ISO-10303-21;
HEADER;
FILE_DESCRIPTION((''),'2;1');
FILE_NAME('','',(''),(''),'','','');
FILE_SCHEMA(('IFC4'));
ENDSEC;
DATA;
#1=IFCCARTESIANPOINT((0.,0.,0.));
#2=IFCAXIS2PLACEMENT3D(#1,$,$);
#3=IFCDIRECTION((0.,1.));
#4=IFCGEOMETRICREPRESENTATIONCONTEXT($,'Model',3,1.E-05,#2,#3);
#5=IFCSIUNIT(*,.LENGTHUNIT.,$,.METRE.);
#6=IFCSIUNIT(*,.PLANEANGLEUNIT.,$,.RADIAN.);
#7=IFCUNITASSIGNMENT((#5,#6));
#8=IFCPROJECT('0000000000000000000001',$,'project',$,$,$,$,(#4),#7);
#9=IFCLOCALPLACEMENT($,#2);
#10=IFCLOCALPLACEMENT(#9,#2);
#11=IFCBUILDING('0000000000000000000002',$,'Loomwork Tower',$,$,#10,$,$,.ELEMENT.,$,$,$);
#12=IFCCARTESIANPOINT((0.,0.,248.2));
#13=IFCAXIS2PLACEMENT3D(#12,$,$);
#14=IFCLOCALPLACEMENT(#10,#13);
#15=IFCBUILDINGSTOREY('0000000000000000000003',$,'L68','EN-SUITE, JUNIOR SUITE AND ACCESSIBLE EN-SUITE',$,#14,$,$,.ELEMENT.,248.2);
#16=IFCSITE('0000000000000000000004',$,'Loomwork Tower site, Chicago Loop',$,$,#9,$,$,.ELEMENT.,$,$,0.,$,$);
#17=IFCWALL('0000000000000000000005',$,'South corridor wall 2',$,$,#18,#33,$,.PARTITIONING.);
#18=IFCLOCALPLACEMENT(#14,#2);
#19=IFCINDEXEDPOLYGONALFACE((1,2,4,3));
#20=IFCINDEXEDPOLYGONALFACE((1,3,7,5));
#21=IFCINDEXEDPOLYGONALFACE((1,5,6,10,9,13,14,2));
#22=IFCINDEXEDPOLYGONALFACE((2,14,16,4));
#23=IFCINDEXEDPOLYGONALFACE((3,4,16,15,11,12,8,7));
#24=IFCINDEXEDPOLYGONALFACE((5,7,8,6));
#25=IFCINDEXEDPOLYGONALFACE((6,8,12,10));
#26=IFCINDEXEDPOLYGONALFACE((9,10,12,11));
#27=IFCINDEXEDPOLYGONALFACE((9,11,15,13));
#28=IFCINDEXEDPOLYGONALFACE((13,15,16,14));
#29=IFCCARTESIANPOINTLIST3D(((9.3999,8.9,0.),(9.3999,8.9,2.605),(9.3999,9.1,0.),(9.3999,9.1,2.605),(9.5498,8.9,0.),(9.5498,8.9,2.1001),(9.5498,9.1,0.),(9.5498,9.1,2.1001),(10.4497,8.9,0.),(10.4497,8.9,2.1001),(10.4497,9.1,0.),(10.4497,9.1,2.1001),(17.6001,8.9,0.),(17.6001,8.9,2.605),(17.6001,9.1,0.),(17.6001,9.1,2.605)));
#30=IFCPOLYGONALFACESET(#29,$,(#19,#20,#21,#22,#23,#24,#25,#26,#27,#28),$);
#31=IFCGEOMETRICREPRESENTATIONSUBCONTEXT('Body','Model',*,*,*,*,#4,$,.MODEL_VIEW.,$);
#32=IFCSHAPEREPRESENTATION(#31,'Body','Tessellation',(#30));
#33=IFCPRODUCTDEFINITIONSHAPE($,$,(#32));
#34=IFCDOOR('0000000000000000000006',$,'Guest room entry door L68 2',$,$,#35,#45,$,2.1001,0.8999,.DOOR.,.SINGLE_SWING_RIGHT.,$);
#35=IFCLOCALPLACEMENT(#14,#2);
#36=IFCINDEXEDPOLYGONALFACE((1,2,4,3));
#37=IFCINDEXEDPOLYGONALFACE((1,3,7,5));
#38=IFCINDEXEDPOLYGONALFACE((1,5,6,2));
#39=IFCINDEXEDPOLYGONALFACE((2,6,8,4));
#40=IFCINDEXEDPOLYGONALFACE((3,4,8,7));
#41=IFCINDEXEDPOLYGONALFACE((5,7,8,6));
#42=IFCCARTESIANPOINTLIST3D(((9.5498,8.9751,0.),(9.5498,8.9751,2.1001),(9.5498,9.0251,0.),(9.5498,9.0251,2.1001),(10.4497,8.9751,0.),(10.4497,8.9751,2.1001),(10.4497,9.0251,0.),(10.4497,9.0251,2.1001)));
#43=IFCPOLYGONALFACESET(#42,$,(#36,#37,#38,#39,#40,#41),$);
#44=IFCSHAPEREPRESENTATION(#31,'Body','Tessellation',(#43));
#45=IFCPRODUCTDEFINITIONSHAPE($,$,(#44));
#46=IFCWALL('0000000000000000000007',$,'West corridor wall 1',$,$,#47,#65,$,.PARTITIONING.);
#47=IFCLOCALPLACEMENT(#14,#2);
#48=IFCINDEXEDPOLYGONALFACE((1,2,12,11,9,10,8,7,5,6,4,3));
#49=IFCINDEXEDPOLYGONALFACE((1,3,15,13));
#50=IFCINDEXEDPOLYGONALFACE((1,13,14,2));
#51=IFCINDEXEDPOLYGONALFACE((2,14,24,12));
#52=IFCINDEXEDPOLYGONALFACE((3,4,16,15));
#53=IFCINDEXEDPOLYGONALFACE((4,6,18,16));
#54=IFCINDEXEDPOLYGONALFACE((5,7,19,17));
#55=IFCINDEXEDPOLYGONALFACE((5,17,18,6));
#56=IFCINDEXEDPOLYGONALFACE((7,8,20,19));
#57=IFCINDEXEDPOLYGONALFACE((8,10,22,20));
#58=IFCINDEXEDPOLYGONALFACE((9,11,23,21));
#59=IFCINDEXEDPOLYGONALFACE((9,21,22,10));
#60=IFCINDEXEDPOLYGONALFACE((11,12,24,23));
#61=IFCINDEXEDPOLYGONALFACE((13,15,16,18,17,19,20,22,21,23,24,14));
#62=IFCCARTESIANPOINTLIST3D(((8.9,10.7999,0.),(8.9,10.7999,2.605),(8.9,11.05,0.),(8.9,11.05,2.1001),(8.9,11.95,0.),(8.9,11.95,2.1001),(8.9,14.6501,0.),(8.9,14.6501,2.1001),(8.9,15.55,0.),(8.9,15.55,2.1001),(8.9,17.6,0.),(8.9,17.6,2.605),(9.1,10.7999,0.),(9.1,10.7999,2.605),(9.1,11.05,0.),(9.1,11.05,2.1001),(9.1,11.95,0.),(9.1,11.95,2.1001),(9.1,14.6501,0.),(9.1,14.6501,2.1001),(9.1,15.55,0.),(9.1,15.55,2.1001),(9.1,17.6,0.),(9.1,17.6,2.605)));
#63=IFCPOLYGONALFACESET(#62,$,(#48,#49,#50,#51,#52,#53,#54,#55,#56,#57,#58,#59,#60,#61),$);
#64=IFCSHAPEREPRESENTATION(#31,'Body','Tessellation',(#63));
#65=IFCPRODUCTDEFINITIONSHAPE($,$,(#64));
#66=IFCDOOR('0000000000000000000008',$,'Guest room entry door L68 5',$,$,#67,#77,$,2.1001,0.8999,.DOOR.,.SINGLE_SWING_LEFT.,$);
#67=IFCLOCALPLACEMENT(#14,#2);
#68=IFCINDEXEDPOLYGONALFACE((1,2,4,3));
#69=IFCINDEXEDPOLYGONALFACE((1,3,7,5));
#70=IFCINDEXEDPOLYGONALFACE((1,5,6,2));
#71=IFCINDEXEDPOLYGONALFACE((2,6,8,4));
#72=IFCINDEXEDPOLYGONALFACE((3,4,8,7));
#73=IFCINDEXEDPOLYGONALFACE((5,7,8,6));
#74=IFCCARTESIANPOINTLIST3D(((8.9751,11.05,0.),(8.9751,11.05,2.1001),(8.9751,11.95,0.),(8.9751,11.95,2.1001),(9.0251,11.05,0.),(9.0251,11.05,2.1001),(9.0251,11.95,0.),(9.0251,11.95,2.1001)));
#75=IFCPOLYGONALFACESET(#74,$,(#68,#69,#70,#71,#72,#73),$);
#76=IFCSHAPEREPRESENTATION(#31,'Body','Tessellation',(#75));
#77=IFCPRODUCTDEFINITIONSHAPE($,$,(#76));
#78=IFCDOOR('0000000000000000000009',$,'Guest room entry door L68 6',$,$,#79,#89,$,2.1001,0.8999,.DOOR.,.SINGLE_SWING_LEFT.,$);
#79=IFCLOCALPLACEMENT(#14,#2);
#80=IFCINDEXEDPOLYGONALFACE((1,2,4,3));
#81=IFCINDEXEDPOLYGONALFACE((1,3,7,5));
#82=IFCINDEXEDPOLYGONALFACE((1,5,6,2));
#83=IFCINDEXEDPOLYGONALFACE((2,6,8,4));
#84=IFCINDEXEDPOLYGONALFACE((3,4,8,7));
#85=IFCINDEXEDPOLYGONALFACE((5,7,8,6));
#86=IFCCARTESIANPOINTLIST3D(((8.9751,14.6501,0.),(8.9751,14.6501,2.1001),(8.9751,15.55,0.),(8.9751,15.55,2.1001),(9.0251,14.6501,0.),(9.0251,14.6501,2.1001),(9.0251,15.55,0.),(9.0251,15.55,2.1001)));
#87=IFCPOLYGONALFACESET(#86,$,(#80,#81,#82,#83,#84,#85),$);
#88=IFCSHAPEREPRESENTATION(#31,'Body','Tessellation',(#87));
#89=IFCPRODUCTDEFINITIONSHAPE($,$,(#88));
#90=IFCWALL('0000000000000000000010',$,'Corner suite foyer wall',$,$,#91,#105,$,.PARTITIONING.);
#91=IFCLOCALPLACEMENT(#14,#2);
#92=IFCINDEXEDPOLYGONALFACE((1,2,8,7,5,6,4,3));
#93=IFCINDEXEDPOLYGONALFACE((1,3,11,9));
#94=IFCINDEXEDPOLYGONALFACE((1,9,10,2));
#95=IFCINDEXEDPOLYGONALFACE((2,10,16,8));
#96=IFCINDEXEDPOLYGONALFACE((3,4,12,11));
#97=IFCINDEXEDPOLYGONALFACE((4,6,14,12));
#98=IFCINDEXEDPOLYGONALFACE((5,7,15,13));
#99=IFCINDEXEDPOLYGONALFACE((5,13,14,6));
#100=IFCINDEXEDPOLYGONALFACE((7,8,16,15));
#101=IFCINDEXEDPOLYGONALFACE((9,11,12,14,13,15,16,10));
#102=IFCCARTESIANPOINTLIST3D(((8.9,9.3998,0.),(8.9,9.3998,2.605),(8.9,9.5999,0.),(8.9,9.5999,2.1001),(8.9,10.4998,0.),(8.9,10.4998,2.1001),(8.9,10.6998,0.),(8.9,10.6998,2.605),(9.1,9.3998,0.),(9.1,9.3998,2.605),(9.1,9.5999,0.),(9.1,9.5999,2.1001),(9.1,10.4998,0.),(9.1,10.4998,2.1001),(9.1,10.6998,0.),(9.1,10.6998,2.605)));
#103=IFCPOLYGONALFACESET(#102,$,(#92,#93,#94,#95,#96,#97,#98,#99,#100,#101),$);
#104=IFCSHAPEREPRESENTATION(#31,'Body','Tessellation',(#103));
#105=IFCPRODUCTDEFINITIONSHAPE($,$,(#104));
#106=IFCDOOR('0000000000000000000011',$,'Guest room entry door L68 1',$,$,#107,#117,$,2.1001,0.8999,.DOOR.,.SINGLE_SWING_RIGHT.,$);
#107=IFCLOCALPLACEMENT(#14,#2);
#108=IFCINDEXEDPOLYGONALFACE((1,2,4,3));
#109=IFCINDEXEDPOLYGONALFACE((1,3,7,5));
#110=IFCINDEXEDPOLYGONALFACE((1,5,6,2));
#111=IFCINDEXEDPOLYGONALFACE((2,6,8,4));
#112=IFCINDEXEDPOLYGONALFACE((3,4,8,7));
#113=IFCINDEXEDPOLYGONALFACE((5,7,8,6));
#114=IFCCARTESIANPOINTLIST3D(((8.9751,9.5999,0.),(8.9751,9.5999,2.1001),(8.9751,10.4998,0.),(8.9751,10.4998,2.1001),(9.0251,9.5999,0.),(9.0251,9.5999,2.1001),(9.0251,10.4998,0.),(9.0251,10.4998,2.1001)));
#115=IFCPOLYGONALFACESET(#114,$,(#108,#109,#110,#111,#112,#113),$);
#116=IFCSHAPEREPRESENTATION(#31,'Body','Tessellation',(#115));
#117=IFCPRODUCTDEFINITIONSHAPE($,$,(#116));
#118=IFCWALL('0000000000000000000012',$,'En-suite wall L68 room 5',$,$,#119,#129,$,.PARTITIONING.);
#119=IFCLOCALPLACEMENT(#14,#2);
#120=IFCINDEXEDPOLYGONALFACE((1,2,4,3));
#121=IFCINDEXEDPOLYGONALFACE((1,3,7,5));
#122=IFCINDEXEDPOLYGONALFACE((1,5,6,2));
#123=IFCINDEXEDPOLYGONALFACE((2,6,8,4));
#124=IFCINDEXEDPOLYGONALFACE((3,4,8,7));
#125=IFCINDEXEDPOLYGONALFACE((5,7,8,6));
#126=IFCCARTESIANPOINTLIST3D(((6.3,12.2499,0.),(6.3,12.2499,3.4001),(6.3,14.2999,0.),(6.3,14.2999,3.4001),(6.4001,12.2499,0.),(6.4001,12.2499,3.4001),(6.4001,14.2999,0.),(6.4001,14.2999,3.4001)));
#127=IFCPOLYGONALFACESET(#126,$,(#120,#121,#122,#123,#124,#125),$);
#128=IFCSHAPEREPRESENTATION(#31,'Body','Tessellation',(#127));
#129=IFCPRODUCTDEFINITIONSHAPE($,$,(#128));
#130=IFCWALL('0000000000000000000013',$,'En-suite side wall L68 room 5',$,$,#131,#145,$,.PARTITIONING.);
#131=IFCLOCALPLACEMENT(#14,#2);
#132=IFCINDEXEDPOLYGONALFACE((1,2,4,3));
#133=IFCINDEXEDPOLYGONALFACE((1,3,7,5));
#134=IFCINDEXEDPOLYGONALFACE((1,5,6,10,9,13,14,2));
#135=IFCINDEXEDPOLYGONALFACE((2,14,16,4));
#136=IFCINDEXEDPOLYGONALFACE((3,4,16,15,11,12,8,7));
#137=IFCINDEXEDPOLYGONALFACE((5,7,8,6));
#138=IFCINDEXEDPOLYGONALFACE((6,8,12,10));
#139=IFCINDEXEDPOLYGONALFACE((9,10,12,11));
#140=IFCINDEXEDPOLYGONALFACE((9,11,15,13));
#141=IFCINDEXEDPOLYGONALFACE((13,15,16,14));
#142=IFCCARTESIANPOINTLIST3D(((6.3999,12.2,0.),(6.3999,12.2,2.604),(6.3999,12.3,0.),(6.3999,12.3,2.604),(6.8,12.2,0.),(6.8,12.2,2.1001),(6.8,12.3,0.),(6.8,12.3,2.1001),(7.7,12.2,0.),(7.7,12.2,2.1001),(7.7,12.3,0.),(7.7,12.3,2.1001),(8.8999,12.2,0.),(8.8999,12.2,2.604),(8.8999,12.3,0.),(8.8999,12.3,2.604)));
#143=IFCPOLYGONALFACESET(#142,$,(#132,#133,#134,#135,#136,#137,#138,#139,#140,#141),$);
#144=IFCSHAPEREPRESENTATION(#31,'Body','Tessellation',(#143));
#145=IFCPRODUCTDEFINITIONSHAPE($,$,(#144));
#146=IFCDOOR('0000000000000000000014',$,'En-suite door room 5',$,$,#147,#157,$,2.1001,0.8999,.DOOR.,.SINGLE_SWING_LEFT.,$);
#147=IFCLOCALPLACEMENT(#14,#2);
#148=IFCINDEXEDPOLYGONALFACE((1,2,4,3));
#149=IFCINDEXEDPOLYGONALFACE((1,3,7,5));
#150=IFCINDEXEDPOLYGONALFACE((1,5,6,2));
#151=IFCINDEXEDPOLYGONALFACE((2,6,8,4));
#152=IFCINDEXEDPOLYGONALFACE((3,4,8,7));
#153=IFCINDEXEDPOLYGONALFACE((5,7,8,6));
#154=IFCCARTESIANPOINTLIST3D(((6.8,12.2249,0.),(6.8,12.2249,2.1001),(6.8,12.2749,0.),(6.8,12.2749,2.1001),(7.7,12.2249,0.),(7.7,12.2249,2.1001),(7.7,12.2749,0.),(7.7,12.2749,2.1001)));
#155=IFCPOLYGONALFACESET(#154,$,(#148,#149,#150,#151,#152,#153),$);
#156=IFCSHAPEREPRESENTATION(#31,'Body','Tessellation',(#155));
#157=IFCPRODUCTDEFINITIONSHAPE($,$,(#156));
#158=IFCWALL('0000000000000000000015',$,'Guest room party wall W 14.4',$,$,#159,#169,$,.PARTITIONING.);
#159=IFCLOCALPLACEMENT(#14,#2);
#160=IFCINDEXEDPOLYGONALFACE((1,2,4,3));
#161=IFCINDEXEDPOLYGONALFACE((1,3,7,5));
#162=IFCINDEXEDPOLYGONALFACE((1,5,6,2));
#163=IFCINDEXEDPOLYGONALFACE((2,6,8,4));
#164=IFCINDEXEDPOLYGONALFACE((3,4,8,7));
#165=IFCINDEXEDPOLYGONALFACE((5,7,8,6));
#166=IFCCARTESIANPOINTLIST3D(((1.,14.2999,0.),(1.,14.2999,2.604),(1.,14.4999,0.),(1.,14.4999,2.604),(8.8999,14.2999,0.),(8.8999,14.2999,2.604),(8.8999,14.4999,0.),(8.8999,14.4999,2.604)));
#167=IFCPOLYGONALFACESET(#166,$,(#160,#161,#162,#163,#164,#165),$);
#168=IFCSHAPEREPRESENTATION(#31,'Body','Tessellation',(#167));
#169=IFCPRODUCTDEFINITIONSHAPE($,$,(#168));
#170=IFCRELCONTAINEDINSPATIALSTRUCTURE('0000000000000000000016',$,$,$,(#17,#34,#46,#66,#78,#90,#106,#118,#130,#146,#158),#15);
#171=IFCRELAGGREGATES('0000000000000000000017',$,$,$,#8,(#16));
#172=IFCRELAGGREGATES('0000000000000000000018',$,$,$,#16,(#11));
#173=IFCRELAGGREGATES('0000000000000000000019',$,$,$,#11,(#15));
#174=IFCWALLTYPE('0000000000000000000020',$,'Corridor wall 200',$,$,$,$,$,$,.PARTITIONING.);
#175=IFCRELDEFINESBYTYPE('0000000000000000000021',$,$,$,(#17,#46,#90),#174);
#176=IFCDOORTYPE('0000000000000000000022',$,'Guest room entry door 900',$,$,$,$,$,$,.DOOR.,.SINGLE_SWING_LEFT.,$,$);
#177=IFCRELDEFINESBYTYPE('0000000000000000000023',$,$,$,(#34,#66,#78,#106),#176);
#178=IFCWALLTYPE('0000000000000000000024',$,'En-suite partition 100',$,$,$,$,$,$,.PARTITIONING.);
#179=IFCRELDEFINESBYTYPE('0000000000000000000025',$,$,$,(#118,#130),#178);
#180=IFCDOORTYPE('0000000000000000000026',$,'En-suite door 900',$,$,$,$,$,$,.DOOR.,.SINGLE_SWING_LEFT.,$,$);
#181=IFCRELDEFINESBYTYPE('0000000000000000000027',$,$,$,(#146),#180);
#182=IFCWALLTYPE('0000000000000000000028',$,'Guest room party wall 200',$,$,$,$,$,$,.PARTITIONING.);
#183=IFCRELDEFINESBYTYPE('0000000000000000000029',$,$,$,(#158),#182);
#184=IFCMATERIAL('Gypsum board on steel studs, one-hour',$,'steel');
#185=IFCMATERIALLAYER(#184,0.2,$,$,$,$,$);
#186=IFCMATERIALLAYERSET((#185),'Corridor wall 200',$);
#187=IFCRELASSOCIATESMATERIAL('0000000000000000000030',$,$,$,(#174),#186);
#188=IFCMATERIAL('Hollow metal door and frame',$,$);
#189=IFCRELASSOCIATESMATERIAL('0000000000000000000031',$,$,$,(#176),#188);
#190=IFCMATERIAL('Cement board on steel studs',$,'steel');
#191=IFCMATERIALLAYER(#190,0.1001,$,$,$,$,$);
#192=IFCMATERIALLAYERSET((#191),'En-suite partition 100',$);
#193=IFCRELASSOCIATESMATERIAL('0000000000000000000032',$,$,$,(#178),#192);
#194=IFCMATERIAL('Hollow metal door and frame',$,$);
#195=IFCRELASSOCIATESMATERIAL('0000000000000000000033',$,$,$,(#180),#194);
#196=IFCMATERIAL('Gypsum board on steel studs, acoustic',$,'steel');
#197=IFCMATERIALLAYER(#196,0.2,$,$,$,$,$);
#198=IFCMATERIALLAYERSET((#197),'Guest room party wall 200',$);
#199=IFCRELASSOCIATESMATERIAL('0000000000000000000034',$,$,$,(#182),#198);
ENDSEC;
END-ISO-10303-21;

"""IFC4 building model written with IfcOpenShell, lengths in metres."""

from ifc_helpers import new_model, si_unit, direction, frame, frame_2d, origin, place, context, subcontext, project, spatial, rectangle, extrude, material, layer, layer_set, type_object, element, fill, save


model = new_model("IFC4")

# Units and contexts
model_context = context("Model", 3, precision=1e-05, world=origin(), true_north=direction((0.0, 1.0)))
body_context = subcontext(model_context, "Body", "Model", "MODEL_VIEW")
ifc_project = project(units=[si_unit("LENGTHUNIT", "METRE"), si_unit("PLANEANGLEUNIT", "RADIAN")], contexts=[model_context])

# Site, building, storey
site_placement = place(None, origin())
site = spatial("IfcSite", under=ifc_project, at=site_placement, Name="Loomwork Tower site, Chicago Loop", CompositionType="ELEMENT", RefElevation=0.0)
building_placement = place(site_placement, origin())
building = spatial("IfcBuilding", under=site, at=building_placement, Name="Loomwork Tower", CompositionType="ELEMENT")
storey_placement = place(building_placement, frame((0.0, 0.0, 248.2)))
storey = spatial("IfcBuildingStorey", under=building, at=storey_placement, Name="L68", Description="EN-SUITE, JUNIOR SUITE AND ACCESSIBLE EN-SUITE", CompositionType="ELEMENT", Elevation=248.2)

# Wall, opening, door
ifc_material_1 = material(Name="Gypsum board on steel studs, one-hour", Category="steel")
ifc_layer_1 = layer(ifc_material_1, 0.2)
ifc_layer_set_1 = layer_set([ifc_layer_1], Name="Corridor wall 200")
wall_type_1 = type_object("IfcWallType", Name="Corridor wall 200", PredefinedType="PARTITIONING", material=ifc_layer_set_1)
wall_1_placement = place(storey_placement, frame((9.3999, 9.0, 0.0), z_axis=(0.0, 0.0, 1.0), x_axis=(1.0, 0.0, 0.0)))
wall_1 = element("IfcWall", 1, at=wall_1_placement, inside=storey, type_object=wall_type_1, Name="South corridor wall 2", PredefinedType="PARTITIONING", context=body_context, shape_type="SweptSolid", body=[
    extrude(rectangle(XDim=8.2002, YDim=0.2, at=frame_2d((4.1001, 0.0))), origin(), (0.0, 0.0, 1.0), 2.605),
])
opening_1_placement = place(wall_1_placement, frame((0.1499, 0.0, 0.0)))
opening_1 = element("IfcOpeningElement", 2, at=opening_1_placement, cuts=wall_1, PredefinedType="OPENING", context=body_context, shape_type="SweptSolid", body=[
    extrude(rectangle(XDim=0.8999, YDim=2.1001, at=frame_2d((0.45, 1.05))), frame((0.0, 0.1099, 0.0), z_axis=(0.0, -1.0, 0.0), x_axis=(1.0, 0.0, 0.0)), (0.0, 0.0, 1.0), 0.22),
])
ifc_material_2 = material(Name="Hollow metal door and frame")
door_type_1 = type_object("IfcDoorType", Name="Guest room entry door 900", OperationType="SINGLE_SWING_LEFT", PredefinedType="DOOR", material=ifc_material_2)
door_1_placement = place(opening_1_placement, frame((0.8999, 0.0, 0.0), z_axis=(0.0, 0.0, 1.0), x_axis=(-1.0, 0.0, 0.0)))
door_1 = element("IfcDoor", 3, at=door_1_placement, inside=storey, type_object=door_type_1, Name="Guest room entry door L68 2", OperationType="SINGLE_SWING_RIGHT", OverallHeight=2.1001, OverallWidth=0.8999, PredefinedType="DOOR", context=body_context, shape_type="SweptSolid", body=[
    extrude(rectangle(XDim=0.8999, YDim=2.1001, at=frame_2d((0.45, 1.05))), frame((0.0, 0.0249, 0.0), z_axis=(0.0, -1.0, 0.0), x_axis=(1.0, 0.0, 0.0)), (0.0, 0.0, 1.0), 0.05),
])
fill(opening_1, door_1)

# Wall, openings, doors
wall_2_placement = place(storey_placement, frame((9.0, 10.8, 0.0), z_axis=(0.0, 0.0, 1.0), x_axis=(0.0, 1.0, 0.0)))
wall_2 = element("IfcWall", 4, at=wall_2_placement, inside=storey, type_object=wall_type_1, Name="West corridor wall 1", PredefinedType="PARTITIONING", context=body_context, shape_type="SweptSolid", body=[
    extrude(rectangle(XDim=6.8, YDim=0.2, at=frame_2d((3.3999, 0.0))), origin(), (0.0, 0.0, 1.0), 2.605),
])
opening_2_placement = place(wall_2_placement, frame((0.25, 0.0, 0.0)))
opening_2 = element("IfcOpeningElement", 5, at=opening_2_placement, cuts=wall_2, PredefinedType="OPENING", context=body_context, shape_type="SweptSolid", body=[
    extrude(rectangle(XDim=0.8999, YDim=2.1001, at=frame_2d((0.45, 1.05))), frame((0.0, 0.1099, 0.0), z_axis=(0.0, -1.0, 0.0), x_axis=(1.0, 0.0, 0.0)), (0.0, 0.0, 1.0), 0.22),
])
opening_3_placement = place(wall_2_placement, frame((3.8501, 0.0, 0.0)))
opening_3 = element("IfcOpeningElement", 6, at=opening_3_placement, cuts=wall_2, PredefinedType="OPENING", context=body_context, shape_type="SweptSolid", body=[
    extrude(rectangle(XDim=0.8999, YDim=2.1001, at=frame_2d((0.45, 1.05))), frame((0.0, 0.1099, 0.0), z_axis=(0.0, -1.0, 0.0), x_axis=(1.0, 0.0, 0.0)), (0.0, 0.0, 1.0), 0.22),
])
door_2_placement = place(opening_2_placement, origin())
door_2 = element("IfcDoor", 7, at=door_2_placement, inside=storey, type_object=door_type_1, Name="Guest room entry door L68 5", OperationType="SINGLE_SWING_LEFT", OverallHeight=2.1001, OverallWidth=0.8999, PredefinedType="DOOR", context=body_context, shape_type="SweptSolid", body=[
    extrude(rectangle(XDim=0.8999, YDim=2.1001, at=frame_2d((0.45, 1.05))), frame((0.0, 0.0249, 0.0), z_axis=(0.0, -1.0, 0.0), x_axis=(1.0, 0.0, 0.0)), (0.0, 0.0, 1.0), 0.05),
])
fill(opening_2, door_2)
door_3_placement = place(opening_3_placement, origin())
door_3 = element("IfcDoor", 8, at=door_3_placement, inside=storey, type_object=door_type_1, Name="Guest room entry door L68 6", OperationType="SINGLE_SWING_LEFT", OverallHeight=2.1001, OverallWidth=0.8999, PredefinedType="DOOR", context=body_context, shape_type="SweptSolid", body=[
    extrude(rectangle(XDim=0.8999, YDim=2.1001, at=frame_2d((0.45, 1.05))), frame((0.0, 0.0249, 0.0), z_axis=(0.0, -1.0, 0.0), x_axis=(1.0, 0.0, 0.0)), (0.0, 0.0, 1.0), 0.05),
])
fill(opening_3, door_3)

# Wall, opening, door
wall_3_placement = place(storey_placement, frame((9.0, 9.3999, 0.0), z_axis=(0.0, 0.0, 1.0), x_axis=(0.0, 1.0, 0.0)))
wall_3 = element("IfcWall", 9, at=wall_3_placement, inside=storey, type_object=wall_type_1, Name="Corner suite foyer wall", PredefinedType="PARTITIONING", context=body_context, shape_type="SweptSolid", body=[
    extrude(rectangle(XDim=1.3, YDim=0.2, at=frame_2d((0.6499, 0.0))), origin(), (0.0, 0.0, 1.0), 2.605),
])
opening_4_placement = place(wall_3_placement, frame((0.2, 0.0, 0.0)))
opening_4 = element("IfcOpeningElement", 10, at=opening_4_placement, cuts=wall_3, PredefinedType="OPENING", context=body_context, shape_type="SweptSolid", body=[
    extrude(rectangle(XDim=0.8999, YDim=2.1001, at=frame_2d((0.45, 1.05))), frame((0.0, 0.1099, 0.0), z_axis=(0.0, -1.0, 0.0), x_axis=(1.0, 0.0, 0.0)), (0.0, 0.0, 1.0), 0.22),
])
door_4_placement = place(opening_4_placement, origin())
door_4 = element("IfcDoor", 11, at=door_4_placement, inside=storey, type_object=door_type_1, Name="Guest room entry door L68 1", OperationType="SINGLE_SWING_RIGHT", OverallHeight=2.1001, OverallWidth=0.8999, PredefinedType="DOOR", context=body_context, shape_type="SweptSolid", body=[
    extrude(rectangle(XDim=0.8999, YDim=2.1001, at=frame_2d((0.45, 1.05))), frame((0.0, 0.0249, 0.0), z_axis=(0.0, -1.0, 0.0), x_axis=(1.0, 0.0, 0.0)), (0.0, 0.0, 1.0), 0.05),
])
fill(opening_4, door_4)

# Wall
ifc_material_3 = material(Name="Cement board on steel studs", Category="steel")
ifc_layer_2 = layer(ifc_material_3, 0.1001)
ifc_layer_set_2 = layer_set([ifc_layer_2], Name="En-suite partition 100")
wall_type_2 = type_object("IfcWallType", Name="En-suite partition 100", PredefinedType="PARTITIONING", material=ifc_layer_set_2)
wall_4_placement = place(storey_placement, frame((6.3501, 12.25, 0.0), z_axis=(0.0, 0.0, 1.0), x_axis=(0.0, 1.0, 0.0)))
element("IfcWall", 12, at=wall_4_placement, inside=storey, type_object=wall_type_2, Name="En-suite wall L68 room 5", PredefinedType="PARTITIONING", context=body_context, shape_type="SweptSolid", body=[
    extrude(rectangle(XDim=2.05, YDim=0.1001, at=frame_2d((1.0249, 0.0))), origin(), (0.0, 0.0, 1.0), 3.4001),
])

# Wall, opening, door
wall_5_placement = place(storey_placement, frame((8.8999, 12.25, 0.0), z_axis=(0.0, 0.0, 1.0), x_axis=(-1.0, 0.0, 0.0)))
wall_5 = element("IfcWall", 13, at=wall_5_placement, inside=storey, type_object=wall_type_2, Name="En-suite side wall L68 room 5", PredefinedType="PARTITIONING", context=body_context, shape_type="SweptSolid", body=[
    extrude(rectangle(XDim=2.5, YDim=0.1001, at=frame_2d((1.25, 0.0))), origin(), (0.0, 0.0, 1.0), 2.604),
])
opening_5_placement = place(wall_5_placement, frame((1.2, 0.0, 0.0)))
opening_5 = element("IfcOpeningElement", 14, at=opening_5_placement, cuts=wall_5, PredefinedType="OPENING", context=body_context, shape_type="SweptSolid", body=[
    extrude(rectangle(XDim=0.8999, YDim=2.1001, at=frame_2d((0.45, 1.05))), frame((0.0, 0.0601, 0.0), z_axis=(0.0, -1.0, 0.0), x_axis=(1.0, 0.0, 0.0)), (0.0, 0.0, 1.0), 0.1201),
])
ifc_material_4 = material(Name="Hollow metal door and frame")
door_type_2 = type_object("IfcDoorType", Name="En-suite door 900", OperationType="SINGLE_SWING_LEFT", PredefinedType="DOOR", material=ifc_material_4)
door_5_placement = place(opening_5_placement, frame((0.8999, 0.0, 0.0), z_axis=(0.0, 0.0, 1.0), x_axis=(-1.0, 0.0, 0.0)))
door_5 = element("IfcDoor", 15, at=door_5_placement, inside=storey, type_object=door_type_2, Name="En-suite door room 5", OperationType="SINGLE_SWING_LEFT", OverallHeight=2.1001, OverallWidth=0.8999, PredefinedType="DOOR", context=body_context, shape_type="SweptSolid", body=[
    extrude(rectangle(XDim=0.8999, YDim=2.1001, at=frame_2d((0.45, 1.05))), frame((0.0, 0.0249, 0.0), z_axis=(0.0, -1.0, 0.0), x_axis=(1.0, 0.0, 0.0)), (0.0, 0.0, 1.0), 0.05),
])
fill(opening_5, door_5)

# Wall
ifc_material_5 = material(Name="Gypsum board on steel studs, acoustic", Category="steel")
ifc_layer_3 = layer(ifc_material_5, 0.2)
ifc_layer_set_3 = layer_set([ifc_layer_3], Name="Guest room party wall 200")
wall_type_3 = type_object("IfcWallType", Name="Guest room party wall 200", PredefinedType="PARTITIONING", material=ifc_layer_set_3)
wall_6_placement = place(storey_placement, frame((8.8999, 14.3999, 0.0), z_axis=(0.0, 0.0, 1.0), x_axis=(-1.0, 0.0, 0.0)))
element("IfcWall", 16, at=wall_6_placement, inside=storey, type_object=wall_type_3, Name="Guest room party wall W 14.4", PredefinedType="PARTITIONING", context=body_context, shape_type="SweptSolid", body=[
    extrude(rectangle(XDim=7.8999, YDim=0.2, at=frame_2d((3.95, 0.0))), origin(), (0.0, 0.0, 1.0), 2.604),
])

save(model, "model.ifc")
